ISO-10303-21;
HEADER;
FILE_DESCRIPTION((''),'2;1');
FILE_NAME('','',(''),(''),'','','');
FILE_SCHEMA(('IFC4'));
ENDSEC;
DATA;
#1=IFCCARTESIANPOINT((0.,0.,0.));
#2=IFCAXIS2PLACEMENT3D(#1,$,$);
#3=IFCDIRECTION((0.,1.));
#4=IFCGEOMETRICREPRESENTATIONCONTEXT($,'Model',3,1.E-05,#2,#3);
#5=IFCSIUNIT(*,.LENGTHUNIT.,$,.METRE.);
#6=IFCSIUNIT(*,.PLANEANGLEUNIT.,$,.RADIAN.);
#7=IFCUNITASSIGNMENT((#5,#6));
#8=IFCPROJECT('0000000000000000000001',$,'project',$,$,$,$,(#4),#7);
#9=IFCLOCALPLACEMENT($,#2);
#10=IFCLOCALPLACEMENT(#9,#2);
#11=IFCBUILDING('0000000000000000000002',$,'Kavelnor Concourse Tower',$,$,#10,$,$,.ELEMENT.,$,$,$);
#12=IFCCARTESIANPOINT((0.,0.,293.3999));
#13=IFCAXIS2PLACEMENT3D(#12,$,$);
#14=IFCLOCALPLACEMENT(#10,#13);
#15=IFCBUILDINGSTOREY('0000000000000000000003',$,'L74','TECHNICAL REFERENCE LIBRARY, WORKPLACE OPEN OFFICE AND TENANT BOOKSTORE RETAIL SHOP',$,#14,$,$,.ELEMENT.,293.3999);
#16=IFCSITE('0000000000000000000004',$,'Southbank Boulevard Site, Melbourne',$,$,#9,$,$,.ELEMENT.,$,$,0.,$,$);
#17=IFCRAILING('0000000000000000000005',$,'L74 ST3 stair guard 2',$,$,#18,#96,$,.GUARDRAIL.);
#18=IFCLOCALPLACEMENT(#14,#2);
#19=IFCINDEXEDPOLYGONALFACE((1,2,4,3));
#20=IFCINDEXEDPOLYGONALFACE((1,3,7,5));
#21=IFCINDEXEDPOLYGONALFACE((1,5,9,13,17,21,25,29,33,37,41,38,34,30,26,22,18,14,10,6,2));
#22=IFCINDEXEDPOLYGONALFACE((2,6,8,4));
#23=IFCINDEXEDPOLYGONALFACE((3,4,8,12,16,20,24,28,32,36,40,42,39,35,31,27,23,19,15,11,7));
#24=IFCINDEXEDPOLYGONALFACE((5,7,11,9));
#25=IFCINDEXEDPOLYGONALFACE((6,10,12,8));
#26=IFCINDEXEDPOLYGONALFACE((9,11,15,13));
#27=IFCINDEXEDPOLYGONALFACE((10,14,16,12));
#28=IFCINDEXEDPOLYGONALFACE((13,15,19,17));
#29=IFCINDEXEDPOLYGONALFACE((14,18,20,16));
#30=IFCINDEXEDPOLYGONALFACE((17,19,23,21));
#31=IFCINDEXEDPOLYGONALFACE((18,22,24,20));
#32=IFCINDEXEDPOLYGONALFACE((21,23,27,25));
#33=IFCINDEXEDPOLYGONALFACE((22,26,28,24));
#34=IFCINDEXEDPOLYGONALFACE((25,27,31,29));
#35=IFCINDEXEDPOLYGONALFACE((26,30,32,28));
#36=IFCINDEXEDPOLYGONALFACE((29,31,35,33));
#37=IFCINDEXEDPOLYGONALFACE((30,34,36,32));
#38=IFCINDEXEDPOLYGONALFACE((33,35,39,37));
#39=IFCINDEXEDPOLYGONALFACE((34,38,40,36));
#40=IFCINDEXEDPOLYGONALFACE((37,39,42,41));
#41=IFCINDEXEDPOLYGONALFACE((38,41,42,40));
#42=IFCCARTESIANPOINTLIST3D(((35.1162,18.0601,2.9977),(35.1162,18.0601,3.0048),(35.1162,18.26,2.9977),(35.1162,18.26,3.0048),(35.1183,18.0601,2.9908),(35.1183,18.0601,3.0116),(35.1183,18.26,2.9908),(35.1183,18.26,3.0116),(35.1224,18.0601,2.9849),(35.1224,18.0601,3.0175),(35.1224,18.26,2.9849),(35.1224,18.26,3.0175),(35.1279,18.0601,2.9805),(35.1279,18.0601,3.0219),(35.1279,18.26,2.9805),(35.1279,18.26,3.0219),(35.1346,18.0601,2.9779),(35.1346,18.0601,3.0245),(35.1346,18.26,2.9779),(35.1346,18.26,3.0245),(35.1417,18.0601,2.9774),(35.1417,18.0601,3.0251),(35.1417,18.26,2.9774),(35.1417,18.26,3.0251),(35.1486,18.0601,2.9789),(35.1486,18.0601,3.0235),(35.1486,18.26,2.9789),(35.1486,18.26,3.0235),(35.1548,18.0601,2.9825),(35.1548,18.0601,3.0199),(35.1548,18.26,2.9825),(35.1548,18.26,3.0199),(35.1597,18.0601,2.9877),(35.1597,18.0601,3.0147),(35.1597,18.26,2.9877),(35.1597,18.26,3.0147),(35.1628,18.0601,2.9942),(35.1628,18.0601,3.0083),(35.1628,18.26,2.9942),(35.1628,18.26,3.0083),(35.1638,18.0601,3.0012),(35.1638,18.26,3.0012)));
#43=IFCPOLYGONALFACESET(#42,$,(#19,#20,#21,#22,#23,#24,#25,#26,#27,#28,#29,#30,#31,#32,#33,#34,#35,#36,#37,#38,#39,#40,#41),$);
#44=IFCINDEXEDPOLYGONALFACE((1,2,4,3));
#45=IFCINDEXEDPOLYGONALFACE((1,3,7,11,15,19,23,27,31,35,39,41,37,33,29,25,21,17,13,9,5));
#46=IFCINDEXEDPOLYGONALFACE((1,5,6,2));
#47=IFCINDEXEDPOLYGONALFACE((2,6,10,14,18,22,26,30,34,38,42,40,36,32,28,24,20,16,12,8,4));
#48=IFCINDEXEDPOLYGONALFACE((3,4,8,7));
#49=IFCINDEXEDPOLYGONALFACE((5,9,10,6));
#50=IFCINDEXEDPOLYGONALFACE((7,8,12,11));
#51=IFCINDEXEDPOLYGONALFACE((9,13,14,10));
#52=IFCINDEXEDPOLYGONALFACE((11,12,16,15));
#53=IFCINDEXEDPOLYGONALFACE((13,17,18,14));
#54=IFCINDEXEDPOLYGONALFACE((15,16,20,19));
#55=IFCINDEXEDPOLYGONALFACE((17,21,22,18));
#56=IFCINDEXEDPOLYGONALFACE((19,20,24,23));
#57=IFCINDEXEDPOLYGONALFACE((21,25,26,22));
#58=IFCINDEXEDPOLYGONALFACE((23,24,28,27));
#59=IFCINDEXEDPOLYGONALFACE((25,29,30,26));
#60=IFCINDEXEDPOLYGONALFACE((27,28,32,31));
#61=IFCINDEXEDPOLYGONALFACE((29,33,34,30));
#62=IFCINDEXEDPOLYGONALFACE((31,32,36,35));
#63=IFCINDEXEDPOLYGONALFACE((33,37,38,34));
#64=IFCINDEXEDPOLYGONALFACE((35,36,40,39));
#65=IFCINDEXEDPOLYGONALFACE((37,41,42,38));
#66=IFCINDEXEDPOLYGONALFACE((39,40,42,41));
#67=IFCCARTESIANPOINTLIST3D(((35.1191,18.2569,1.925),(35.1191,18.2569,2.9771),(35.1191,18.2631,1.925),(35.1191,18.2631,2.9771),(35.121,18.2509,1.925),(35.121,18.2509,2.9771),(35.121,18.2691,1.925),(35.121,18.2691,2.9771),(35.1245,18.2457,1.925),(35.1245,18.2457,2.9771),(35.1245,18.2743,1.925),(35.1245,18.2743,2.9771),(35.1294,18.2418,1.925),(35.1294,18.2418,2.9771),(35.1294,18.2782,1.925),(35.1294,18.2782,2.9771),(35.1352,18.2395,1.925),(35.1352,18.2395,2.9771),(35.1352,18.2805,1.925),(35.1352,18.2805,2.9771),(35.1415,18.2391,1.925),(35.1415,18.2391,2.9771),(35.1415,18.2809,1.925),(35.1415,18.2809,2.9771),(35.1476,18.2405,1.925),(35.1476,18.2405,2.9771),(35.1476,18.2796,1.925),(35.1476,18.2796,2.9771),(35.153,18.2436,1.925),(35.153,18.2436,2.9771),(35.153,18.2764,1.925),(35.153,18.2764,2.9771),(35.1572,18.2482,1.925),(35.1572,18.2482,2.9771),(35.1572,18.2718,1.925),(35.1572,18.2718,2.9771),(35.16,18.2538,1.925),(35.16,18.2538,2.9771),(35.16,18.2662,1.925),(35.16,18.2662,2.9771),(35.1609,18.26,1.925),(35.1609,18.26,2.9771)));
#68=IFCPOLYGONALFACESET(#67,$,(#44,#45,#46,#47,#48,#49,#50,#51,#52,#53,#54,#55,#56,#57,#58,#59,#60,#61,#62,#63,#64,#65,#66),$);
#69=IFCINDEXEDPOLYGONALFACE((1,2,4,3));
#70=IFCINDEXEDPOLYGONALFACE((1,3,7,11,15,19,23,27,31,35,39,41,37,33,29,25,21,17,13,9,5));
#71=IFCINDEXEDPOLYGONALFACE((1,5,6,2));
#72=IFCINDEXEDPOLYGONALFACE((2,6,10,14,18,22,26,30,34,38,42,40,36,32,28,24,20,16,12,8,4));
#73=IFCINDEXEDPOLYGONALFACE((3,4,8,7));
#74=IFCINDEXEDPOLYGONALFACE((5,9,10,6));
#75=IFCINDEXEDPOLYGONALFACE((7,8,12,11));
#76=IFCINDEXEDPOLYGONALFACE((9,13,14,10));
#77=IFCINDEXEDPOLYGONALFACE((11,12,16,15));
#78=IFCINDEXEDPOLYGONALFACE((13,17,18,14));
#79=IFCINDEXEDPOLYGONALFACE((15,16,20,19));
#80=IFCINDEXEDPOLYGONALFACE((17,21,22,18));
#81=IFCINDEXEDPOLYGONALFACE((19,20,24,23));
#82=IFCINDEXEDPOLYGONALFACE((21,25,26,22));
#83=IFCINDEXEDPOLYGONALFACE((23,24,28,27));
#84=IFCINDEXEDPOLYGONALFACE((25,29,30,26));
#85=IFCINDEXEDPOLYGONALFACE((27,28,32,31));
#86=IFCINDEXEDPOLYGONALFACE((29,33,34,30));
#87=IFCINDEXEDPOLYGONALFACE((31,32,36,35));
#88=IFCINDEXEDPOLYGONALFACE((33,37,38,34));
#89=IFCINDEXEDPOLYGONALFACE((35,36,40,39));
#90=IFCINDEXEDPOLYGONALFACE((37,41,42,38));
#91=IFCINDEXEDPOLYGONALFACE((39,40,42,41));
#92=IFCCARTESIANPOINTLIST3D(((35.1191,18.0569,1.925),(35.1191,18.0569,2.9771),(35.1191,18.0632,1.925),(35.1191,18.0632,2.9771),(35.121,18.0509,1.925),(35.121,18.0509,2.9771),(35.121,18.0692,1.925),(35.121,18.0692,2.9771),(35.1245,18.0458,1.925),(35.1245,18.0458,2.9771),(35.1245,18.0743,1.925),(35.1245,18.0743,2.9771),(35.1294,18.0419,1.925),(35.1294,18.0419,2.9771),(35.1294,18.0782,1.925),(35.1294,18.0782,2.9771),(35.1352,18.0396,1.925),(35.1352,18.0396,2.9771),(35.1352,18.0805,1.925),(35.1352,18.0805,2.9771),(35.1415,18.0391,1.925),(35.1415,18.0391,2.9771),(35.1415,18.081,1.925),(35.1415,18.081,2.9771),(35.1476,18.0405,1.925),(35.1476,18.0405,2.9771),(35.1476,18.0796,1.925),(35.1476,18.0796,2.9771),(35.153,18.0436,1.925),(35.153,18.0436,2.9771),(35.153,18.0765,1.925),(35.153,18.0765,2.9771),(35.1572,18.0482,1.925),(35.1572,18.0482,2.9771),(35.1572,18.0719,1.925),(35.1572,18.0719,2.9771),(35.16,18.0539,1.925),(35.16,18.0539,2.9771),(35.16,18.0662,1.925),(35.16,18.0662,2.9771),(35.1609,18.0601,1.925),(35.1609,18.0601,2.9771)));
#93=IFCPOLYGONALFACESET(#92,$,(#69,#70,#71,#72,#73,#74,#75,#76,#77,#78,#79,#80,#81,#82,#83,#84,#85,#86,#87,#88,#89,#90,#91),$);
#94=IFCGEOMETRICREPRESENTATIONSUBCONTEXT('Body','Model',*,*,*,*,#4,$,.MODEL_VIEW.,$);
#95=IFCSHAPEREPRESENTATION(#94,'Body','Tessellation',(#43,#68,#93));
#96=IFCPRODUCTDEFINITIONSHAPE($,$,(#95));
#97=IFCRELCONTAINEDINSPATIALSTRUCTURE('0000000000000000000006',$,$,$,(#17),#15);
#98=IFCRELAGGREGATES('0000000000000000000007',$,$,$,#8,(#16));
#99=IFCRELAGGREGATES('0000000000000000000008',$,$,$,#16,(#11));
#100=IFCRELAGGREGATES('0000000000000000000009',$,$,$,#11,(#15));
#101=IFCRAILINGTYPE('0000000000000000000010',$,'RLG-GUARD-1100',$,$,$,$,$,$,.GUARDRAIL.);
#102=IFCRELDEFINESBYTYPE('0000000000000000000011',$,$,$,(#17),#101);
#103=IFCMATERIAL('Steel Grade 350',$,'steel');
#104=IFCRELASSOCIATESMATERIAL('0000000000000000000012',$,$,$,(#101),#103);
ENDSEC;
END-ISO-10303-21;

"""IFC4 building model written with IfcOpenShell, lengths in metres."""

from ifc_helpers import new_model, si_unit, direction, frame, origin, origin_2d, place, context, subcontext, project, spatial, circle, extrude, material, type_object, element, save


model = new_model("IFC4")

# Units and contexts
model_context = context("Model", 3, precision=1e-05, world=origin(), true_north=direction((0.0, 1.0)))
body_context = subcontext(model_context, "Body", "Model", "MODEL_VIEW")
ifc_project = project(units=[si_unit("LENGTHUNIT", "METRE"), si_unit("PLANEANGLEUNIT", "RADIAN")], contexts=[model_context])

# Site, building, storey
site_placement = place(None, origin())
site = spatial("IfcSite", under=ifc_project, at=site_placement, Name="Southbank Boulevard Site, Melbourne", CompositionType="ELEMENT", RefElevation=0.0)
building_placement = place(site_placement, origin())
building = spatial("IfcBuilding", under=site, at=building_placement, Name="Kavelnor Concourse Tower", CompositionType="ELEMENT")
storey_placement = place(building_placement, frame((0.0, 0.0, 293.3999)))
storey = spatial("IfcBuildingStorey", under=building, at=storey_placement, Name="L74", Description="TECHNICAL REFERENCE LIBRARY, WORKPLACE OPEN OFFICE AND TENANT BOOKSTORE RETAIL SHOP", CompositionType="ELEMENT", Elevation=293.3999)

# Shared definitions
ifc_material_1 = material(Name="Steel Grade 350", Category="steel")

# Railing
railing_type_1 = type_object("IfcRailingType", Name="RLG-GUARD-1100", PredefinedType="GUARDRAIL", material=ifc_material_1)
railing_1_placement = place(storey_placement, frame((35.1399, 18.26, 1.925)))
element("IfcRailing", 1, at=railing_1_placement, inside=storey, type_object=railing_type_1, Name="L74 ST3 stair guard 2", PredefinedType="GUARDRAIL", context=body_context, shape_type="SweptSolid", body=[
    extrude(circle(Radius=0.0239, at=origin_2d()), frame((0.0, 0.0, 1.0762), z_axis=(0.0, -1.0, 0.0), x_axis=(1.0, 0.0, 0.0)), (0.0, 0.0, 1.0), 0.2),
    extrude(circle(Radius=0.021, at=origin_2d()), origin(), (0.0, 0.0, 1.0), 1.052),
    extrude(circle(Radius=0.021, at=origin_2d()), frame((0.0, -0.2, 0.0)), (0.0, 0.0, 1.0), 1.052),
])

save(model, "model.ifc")
